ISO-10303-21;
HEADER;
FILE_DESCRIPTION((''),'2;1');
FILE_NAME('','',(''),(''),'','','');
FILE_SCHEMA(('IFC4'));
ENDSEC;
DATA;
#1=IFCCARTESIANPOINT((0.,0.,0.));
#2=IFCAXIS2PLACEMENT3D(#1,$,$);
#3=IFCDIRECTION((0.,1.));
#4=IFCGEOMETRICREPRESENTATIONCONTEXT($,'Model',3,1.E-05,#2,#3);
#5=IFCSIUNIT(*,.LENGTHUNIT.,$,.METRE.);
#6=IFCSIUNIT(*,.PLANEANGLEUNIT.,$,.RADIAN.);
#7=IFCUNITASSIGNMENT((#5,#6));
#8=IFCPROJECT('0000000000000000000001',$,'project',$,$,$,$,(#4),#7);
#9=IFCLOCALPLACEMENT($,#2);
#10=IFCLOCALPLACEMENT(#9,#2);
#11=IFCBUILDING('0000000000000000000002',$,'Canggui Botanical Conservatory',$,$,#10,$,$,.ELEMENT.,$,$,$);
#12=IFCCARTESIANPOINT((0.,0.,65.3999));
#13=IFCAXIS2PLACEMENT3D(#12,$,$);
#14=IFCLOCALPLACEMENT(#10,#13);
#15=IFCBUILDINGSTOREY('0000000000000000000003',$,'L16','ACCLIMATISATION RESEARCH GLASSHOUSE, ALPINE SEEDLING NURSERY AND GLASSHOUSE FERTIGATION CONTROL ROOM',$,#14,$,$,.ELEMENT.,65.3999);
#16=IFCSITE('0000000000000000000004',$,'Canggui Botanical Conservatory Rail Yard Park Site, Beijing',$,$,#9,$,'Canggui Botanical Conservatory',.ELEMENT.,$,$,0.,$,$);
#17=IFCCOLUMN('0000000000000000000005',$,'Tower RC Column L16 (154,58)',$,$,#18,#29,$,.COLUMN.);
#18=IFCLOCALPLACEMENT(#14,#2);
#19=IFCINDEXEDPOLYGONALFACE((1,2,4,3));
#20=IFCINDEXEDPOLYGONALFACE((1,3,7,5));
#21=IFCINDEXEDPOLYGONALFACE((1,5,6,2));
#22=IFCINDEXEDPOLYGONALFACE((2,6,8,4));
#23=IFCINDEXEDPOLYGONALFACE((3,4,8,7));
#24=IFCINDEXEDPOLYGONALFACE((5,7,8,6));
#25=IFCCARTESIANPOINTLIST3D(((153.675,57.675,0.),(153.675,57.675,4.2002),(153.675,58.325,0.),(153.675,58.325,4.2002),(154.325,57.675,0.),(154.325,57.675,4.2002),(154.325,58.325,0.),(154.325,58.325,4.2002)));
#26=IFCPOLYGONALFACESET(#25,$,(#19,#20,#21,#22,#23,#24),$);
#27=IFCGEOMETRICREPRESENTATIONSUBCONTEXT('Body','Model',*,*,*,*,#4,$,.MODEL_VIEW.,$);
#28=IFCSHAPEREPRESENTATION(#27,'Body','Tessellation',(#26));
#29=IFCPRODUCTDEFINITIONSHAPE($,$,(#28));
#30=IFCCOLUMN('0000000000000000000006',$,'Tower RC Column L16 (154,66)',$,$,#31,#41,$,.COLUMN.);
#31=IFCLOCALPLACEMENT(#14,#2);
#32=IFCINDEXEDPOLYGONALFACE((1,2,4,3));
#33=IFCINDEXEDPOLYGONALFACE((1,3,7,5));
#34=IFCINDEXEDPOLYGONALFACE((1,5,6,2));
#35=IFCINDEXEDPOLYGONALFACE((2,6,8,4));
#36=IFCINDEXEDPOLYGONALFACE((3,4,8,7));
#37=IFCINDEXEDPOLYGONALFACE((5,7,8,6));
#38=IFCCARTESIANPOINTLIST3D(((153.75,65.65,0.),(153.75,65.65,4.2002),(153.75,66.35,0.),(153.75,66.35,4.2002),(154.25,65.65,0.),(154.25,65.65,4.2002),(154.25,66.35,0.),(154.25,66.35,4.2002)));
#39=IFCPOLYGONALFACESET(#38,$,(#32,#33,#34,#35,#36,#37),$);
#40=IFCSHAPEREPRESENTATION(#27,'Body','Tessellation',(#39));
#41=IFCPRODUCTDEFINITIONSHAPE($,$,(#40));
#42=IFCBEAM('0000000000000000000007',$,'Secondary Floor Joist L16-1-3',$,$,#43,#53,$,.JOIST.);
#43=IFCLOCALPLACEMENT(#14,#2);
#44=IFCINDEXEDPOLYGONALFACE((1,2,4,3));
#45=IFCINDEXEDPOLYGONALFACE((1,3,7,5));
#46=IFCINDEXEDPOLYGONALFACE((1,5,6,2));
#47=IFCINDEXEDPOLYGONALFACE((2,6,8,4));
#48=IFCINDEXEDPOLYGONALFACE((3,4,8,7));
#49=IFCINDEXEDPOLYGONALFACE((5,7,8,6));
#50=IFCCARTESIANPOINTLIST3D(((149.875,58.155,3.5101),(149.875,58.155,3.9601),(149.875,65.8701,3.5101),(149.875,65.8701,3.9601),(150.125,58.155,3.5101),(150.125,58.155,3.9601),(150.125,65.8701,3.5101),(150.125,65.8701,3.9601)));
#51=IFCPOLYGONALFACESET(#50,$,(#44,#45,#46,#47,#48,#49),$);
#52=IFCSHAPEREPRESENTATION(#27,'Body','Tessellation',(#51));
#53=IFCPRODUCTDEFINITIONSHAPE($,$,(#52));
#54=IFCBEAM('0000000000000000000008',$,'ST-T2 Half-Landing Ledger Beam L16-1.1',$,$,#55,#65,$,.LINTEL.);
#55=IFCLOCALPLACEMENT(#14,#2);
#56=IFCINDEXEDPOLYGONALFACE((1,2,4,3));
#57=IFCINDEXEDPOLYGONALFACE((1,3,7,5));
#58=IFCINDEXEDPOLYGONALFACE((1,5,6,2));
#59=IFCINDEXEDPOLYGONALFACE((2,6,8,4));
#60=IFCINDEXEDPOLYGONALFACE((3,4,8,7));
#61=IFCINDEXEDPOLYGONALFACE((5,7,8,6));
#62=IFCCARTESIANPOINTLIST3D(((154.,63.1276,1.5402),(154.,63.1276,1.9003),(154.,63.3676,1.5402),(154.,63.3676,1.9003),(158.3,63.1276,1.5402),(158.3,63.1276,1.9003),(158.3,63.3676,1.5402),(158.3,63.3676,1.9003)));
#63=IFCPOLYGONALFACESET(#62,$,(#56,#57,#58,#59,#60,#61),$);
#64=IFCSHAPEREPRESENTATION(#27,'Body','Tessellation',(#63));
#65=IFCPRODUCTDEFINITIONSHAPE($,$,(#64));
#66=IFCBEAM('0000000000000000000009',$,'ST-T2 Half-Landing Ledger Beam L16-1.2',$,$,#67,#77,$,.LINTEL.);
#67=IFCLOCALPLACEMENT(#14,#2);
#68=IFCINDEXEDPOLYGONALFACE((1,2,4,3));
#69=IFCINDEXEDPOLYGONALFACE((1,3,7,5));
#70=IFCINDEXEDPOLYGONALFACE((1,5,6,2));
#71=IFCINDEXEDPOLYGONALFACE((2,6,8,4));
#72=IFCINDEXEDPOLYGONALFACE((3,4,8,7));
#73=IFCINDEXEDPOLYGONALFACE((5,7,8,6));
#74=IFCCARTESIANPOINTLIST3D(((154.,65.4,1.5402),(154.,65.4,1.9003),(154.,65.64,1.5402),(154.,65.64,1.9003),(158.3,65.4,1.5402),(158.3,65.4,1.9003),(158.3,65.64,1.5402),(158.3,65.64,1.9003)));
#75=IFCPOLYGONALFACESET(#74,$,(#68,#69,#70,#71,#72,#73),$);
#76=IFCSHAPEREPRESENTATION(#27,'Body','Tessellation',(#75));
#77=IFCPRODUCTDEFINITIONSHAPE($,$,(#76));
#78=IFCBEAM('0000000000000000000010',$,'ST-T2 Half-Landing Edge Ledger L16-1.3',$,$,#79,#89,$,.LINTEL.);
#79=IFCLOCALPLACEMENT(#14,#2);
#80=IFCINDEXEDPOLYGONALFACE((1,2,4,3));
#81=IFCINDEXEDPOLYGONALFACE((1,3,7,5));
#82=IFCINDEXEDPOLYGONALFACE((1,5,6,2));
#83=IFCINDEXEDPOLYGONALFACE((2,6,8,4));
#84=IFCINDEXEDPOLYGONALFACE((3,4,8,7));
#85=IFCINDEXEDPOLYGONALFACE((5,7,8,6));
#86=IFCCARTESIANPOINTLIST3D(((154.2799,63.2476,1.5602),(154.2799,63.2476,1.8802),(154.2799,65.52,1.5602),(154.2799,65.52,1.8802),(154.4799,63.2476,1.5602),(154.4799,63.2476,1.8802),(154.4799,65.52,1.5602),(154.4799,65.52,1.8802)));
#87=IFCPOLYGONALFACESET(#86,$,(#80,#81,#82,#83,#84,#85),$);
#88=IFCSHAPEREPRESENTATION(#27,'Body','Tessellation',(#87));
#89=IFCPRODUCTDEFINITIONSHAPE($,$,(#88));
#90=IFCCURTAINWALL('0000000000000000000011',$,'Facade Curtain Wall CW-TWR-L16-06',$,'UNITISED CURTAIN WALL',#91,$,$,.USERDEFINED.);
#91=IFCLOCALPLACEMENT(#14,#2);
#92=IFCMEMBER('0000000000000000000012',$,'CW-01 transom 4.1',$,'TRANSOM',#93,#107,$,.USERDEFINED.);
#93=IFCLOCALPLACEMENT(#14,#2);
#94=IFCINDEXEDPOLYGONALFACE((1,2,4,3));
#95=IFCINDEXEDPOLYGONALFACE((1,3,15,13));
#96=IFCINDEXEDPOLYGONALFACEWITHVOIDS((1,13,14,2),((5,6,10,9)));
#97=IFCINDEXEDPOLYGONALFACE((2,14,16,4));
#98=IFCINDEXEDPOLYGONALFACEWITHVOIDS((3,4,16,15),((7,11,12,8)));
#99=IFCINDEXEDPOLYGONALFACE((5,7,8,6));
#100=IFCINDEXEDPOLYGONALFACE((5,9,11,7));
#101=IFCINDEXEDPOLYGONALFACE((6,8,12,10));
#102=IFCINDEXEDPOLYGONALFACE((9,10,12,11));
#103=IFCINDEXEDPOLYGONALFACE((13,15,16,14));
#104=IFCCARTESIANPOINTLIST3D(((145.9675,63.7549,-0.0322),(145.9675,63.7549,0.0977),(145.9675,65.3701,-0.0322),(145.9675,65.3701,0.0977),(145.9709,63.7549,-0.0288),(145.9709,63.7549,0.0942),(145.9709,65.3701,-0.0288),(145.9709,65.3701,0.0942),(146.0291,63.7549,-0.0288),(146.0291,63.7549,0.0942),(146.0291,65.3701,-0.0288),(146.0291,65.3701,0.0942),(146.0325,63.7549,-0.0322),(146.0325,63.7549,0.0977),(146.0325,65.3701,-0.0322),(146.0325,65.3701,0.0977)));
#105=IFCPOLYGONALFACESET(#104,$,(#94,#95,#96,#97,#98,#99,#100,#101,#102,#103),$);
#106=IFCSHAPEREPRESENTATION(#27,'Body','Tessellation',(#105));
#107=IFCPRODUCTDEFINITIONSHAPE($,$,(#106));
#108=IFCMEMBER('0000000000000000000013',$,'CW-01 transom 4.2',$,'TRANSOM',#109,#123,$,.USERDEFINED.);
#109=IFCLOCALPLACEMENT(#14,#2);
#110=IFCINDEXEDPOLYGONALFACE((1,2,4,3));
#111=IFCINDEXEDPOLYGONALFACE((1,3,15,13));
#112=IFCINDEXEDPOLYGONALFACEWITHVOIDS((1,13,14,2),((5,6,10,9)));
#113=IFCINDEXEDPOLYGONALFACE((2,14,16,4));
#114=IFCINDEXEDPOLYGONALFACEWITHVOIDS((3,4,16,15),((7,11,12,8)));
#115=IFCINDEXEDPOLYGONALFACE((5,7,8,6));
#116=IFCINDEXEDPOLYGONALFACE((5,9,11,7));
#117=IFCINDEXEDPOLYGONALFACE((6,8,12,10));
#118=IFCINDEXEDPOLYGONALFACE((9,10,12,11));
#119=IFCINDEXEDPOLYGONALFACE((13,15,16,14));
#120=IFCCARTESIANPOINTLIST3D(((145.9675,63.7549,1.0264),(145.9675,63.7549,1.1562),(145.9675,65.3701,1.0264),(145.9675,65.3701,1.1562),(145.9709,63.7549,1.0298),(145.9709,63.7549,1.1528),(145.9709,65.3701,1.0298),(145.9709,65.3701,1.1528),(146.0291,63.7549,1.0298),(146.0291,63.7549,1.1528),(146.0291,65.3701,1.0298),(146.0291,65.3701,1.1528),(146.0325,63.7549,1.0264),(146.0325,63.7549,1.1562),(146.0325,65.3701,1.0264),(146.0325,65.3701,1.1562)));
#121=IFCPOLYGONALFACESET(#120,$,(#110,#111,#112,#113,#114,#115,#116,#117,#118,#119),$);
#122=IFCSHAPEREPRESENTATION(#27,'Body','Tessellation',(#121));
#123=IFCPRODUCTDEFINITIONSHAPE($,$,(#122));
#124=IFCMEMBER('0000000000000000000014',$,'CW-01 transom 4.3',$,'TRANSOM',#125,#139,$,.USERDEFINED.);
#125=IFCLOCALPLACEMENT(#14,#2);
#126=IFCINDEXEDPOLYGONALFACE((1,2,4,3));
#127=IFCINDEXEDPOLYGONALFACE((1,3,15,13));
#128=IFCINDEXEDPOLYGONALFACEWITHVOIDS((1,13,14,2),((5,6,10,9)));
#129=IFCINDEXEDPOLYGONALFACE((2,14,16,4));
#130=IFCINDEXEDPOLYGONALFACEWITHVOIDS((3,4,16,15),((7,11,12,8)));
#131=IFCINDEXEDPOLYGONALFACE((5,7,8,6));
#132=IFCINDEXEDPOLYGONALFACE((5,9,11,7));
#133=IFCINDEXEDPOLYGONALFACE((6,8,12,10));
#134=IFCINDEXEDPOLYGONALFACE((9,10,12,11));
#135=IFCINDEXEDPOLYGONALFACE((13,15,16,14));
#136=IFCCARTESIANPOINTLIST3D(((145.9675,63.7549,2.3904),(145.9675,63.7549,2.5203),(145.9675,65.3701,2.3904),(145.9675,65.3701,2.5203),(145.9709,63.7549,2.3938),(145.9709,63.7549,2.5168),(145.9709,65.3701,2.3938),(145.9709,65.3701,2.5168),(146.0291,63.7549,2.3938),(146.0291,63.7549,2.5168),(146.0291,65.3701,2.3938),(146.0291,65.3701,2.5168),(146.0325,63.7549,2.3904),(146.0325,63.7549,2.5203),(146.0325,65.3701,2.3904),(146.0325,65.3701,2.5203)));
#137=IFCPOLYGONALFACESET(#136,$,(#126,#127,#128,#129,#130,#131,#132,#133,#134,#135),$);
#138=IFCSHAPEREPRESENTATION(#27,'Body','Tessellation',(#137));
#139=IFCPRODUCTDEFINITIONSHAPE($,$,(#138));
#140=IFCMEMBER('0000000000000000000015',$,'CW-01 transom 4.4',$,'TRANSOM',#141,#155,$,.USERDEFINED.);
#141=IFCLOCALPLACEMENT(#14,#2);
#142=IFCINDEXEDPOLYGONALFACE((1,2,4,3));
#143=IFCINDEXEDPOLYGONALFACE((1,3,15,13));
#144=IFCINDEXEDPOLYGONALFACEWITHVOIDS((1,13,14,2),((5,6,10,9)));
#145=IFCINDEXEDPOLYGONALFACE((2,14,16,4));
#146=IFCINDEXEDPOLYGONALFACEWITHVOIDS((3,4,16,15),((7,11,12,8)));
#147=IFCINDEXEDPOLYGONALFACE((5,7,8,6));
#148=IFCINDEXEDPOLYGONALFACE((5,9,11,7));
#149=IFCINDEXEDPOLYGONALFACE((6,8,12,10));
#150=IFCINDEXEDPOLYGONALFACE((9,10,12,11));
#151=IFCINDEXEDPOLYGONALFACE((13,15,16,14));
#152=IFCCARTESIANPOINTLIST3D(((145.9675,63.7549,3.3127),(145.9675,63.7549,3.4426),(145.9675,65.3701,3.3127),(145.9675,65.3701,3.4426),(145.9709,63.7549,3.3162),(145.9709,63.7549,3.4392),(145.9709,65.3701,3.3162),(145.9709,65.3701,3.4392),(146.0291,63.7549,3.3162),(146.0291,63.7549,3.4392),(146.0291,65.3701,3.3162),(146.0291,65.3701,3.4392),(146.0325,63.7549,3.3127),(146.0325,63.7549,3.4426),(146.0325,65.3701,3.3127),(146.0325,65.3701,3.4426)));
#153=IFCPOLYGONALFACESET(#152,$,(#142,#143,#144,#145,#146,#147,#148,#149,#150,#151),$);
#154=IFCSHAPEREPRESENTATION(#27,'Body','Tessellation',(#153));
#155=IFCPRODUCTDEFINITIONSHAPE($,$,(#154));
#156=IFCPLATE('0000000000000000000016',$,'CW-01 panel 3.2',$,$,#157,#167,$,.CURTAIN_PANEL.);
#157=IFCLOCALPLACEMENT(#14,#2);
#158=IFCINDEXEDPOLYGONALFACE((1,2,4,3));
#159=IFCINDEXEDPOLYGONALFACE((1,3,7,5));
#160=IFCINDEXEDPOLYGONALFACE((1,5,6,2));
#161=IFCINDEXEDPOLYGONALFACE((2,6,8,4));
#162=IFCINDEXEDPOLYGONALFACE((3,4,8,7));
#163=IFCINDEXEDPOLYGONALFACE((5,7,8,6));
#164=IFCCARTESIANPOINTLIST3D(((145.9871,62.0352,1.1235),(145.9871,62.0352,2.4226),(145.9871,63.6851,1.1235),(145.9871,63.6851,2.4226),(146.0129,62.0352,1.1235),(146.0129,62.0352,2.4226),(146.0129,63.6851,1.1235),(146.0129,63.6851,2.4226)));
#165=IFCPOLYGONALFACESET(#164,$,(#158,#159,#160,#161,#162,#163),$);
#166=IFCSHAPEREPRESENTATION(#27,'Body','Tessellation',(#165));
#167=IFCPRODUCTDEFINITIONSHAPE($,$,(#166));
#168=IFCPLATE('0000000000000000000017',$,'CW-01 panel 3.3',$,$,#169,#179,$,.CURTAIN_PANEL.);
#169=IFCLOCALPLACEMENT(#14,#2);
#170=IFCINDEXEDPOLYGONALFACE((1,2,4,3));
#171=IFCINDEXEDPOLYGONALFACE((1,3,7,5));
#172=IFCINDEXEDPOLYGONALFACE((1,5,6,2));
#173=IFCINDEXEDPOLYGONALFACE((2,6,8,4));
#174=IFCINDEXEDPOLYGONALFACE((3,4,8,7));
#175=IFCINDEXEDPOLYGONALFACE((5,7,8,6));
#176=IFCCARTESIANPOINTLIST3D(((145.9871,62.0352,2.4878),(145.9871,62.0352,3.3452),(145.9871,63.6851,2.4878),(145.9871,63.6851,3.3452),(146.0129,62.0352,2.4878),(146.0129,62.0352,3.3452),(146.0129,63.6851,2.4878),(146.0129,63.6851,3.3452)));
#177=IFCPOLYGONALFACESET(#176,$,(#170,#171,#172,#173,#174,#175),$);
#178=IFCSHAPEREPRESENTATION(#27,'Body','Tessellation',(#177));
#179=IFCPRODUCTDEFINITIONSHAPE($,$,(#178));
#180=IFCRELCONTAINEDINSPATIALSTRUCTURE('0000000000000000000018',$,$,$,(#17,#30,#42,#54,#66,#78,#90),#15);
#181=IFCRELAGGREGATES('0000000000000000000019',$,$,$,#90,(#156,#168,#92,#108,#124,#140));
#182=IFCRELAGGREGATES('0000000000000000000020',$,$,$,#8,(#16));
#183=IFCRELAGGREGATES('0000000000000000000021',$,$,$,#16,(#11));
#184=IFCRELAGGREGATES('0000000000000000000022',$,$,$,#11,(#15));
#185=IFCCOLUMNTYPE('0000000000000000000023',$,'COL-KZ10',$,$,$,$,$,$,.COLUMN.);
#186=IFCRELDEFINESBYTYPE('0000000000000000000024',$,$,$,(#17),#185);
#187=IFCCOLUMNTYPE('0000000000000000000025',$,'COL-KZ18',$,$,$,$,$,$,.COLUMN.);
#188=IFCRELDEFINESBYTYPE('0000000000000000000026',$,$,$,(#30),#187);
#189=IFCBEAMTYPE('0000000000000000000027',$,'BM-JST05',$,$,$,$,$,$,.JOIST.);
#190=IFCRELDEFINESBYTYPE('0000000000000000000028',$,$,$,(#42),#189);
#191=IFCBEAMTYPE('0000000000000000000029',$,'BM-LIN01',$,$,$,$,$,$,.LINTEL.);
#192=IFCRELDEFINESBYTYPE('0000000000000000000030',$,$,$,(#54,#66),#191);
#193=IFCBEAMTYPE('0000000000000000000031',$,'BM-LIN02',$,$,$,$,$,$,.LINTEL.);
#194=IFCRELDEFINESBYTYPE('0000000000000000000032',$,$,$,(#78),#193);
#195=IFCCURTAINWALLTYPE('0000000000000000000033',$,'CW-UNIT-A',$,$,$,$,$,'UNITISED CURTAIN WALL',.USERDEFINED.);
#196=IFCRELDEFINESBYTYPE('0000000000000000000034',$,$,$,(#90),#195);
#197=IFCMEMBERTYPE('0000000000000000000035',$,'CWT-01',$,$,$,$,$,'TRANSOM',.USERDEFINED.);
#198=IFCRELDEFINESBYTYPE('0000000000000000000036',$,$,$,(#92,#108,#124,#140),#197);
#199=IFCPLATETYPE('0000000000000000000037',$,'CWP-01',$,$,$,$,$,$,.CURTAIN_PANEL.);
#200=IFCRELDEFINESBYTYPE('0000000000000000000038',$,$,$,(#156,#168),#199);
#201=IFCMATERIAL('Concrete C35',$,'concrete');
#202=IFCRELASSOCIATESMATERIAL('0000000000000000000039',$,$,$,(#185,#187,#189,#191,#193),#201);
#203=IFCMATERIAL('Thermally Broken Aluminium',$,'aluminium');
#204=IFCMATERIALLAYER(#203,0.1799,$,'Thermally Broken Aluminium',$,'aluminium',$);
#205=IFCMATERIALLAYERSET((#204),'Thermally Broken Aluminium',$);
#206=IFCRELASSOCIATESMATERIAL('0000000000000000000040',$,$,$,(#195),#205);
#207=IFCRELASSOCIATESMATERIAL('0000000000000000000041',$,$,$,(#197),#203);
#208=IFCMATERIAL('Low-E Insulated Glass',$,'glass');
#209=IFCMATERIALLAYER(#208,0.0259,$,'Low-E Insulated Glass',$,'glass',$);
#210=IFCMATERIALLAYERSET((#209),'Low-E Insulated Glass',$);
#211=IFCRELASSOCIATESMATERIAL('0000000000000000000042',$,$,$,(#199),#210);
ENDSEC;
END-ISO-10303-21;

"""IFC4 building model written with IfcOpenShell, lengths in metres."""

from ifc_helpers import new_model, si_unit, direction, frame, origin, origin_2d, place, context, subcontext, project, spatial, rectangle, hollow_rectangle, extrude, material, layer, layer_set, material_profile, profile_set, type_object, element, aggregate, save


model = new_model("IFC4")

# Units and contexts
model_context = context("Model", 3, precision=1e-05, world=origin(), true_north=direction((0.0, 1.0)))
body_context = subcontext(model_context, "Body", "Model", "MODEL_VIEW")
ifc_project = project(units=[si_unit("LENGTHUNIT", "METRE"), si_unit("PLANEANGLEUNIT", "RADIAN")], contexts=[model_context])

# Site, building, storey
site_placement = place(None, origin())
site = spatial("IfcSite", under=ifc_project, at=site_placement, Name="Canggui Botanical Conservatory Rail Yard Park Site, Beijing", LongName="Canggui Botanical Conservatory", CompositionType="ELEMENT", RefElevation=0.0)
building_placement = place(site_placement, origin())
building = spatial("IfcBuilding", under=site, at=building_placement, Name="Canggui Botanical Conservatory", CompositionType="ELEMENT")
storey_placement = place(building_placement, frame((0.0, 0.0, 65.3999)))
storey = spatial("IfcBuildingStorey", under=building, at=storey_placement, Name="L16", Description="ACCLIMATISATION RESEARCH GLASSHOUSE, ALPINE SEEDLING NURSERY AND GLASSHOUSE FERTIGATION CONTROL ROOM", CompositionType="ELEMENT", Elevation=65.3999)

# Columns
ifc_material_1 = material(Name="Concrete C35", Category="concrete")
ifc_material_profile_1 = material_profile(ifc_material_1, rectangle(XDim=0.6499, YDim=0.6499, at=origin_2d()), Name="RC 650x650")
ifc_profile_set_1 = profile_set([ifc_material_profile_1], Name="Concrete C35")
column_type_1 = type_object("IfcColumnType", Name="COL-KZ10", PredefinedType="COLUMN", material=ifc_profile_set_1)
column_1_placement = place(storey_placement, frame((154.0, 58.0, 0.0), z_axis=(0.0, 0.0, 1.0), x_axis=(1.0, 0.0, 0.0)))
element("IfcColumn", 1, at=column_1_placement, inside=storey, type_object=column_type_1, Name="Tower RC Column L16 (154,58)", PredefinedType="COLUMN", context=body_context, shape_type="SweptSolid", body=[
    extrude(rectangle(XDim=0.6499, YDim=0.6499, at=origin_2d()), origin(), (0.0, 0.0, 1.0), 4.2002),
])
ifc_material_profile_2 = material_profile(ifc_material_1, rectangle(XDim=0.5, YDim=0.7, at=origin_2d()), Name="RC 500x700")
ifc_profile_set_2 = profile_set([ifc_material_profile_2], Name="Concrete C35")
column_type_2 = type_object("IfcColumnType", Name="COL-KZ18", PredefinedType="COLUMN", material=ifc_profile_set_2)
column_2_placement = place(storey_placement, frame((154.0, 66.0, 0.0), z_axis=(0.0, 0.0, 1.0), x_axis=(1.0, 0.0, 0.0)))
element("IfcColumn", 2, at=column_2_placement, inside=storey, type_object=column_type_2, Name="Tower RC Column L16 (154,66)", PredefinedType="COLUMN", context=body_context, shape_type="SweptSolid", body=[
    extrude(rectangle(XDim=0.5, YDim=0.7, at=origin_2d()), origin(), (0.0, 0.0, 1.0), 4.2002),
])

# Beams
ifc_material_profile_3 = material_profile(ifc_material_1, rectangle(XDim=0.25, YDim=0.45, at=origin_2d()), Name="RB 250x450")
ifc_profile_set_3 = profile_set([ifc_material_profile_3], Name="Concrete C35")
beam_type_1 = type_object("IfcBeamType", Name="BM-JST05", PredefinedType="JOIST", material=ifc_profile_set_3)
beam_1_placement = place(storey_placement, frame((150.0, 58.155, 3.7351), z_axis=(0.0, 1.0, 0.0), x_axis=(-1.0, 0.0, 0.0)))
element("IfcBeam", 3, at=beam_1_placement, inside=storey, type_object=beam_type_1, Name="Secondary Floor Joist L16-1-3", PredefinedType="JOIST", context=body_context, shape_type="SweptSolid", body=[
    extrude(rectangle(XDim=0.25, YDim=0.45, at=origin_2d()), origin(), (0.0, 0.0, 1.0), 7.7151),
])
ifc_material_profile_4 = material_profile(ifc_material_1, rectangle(XDim=0.24, YDim=0.3601, at=origin_2d()), Name="RB 240x360")
ifc_profile_set_4 = profile_set([ifc_material_profile_4], Name="Concrete C35")
beam_type_2 = type_object("IfcBeamType", Name="BM-LIN01", PredefinedType="LINTEL", material=ifc_profile_set_4)
for number, where, z_axis, x_axis, name in (
    (4, (154.0, 63.2476, 1.7202), (1.0, 0.0, 0.0), (0.0, 1.0, 0.0), "ST-T2 Half-Landing Ledger Beam L16-1.1"),
    (5, (154.0, 65.52, 1.7202), (1.0, 0.0, 0.0), (0.0, 1.0, 0.0), "ST-T2 Half-Landing Ledger Beam L16-1.2"),
):
    element("IfcBeam", number, at=place(storey_placement, frame(where, z_axis=z_axis, x_axis=x_axis)), inside=storey, type_object=beam_type_2, Name=name, PredefinedType="LINTEL", context=body_context, shape_type="SweptSolid", body=[
        extrude(rectangle(XDim=0.24, YDim=0.3601, at=origin_2d()), origin(), (0.0, 0.0, 1.0), 4.3),
    ])
ifc_material_profile_5 = material_profile(ifc_material_1, rectangle(XDim=0.2, YDim=0.3201, at=origin_2d()), Name="RB 200x320")
ifc_profile_set_5 = profile_set([ifc_material_profile_5], Name="Concrete C35")
beam_type_3 = type_object("IfcBeamType", Name="BM-LIN02", PredefinedType="LINTEL", material=ifc_profile_set_5)
beam_2_placement = place(storey_placement, frame((154.3799, 63.2476, 1.7202), z_axis=(0.0, 1.0, 0.0), x_axis=(-1.0, 0.0, 0.0)))
element("IfcBeam", 6, at=beam_2_placement, inside=storey, type_object=beam_type_3, Name="ST-T2 Half-Landing Edge Ledger L16-1.3", PredefinedType="LINTEL", context=body_context, shape_type="SweptSolid", body=[
    extrude(rectangle(XDim=0.2, YDim=0.3201, at=origin_2d()), origin(), (0.0, 0.0, 1.0), 2.2725),
])

# Curtain wall, members, plates
ifc_material_2 = material(Name="Thermally Broken Aluminium", Category="aluminium")
ifc_layer_1 = layer(ifc_material_2, 0.1799, Name="Thermally Broken Aluminium", Category="aluminium")
ifc_layer_set_1 = layer_set([ifc_layer_1], Name="Thermally Broken Aluminium")
curtain_wall_type = type_object("IfcCurtainWallType", Name="CW-UNIT-A", ElementType="UNITISED CURTAIN WALL", PredefinedType="USERDEFINED", material=ifc_layer_set_1)
curtain_wall_placement = place(storey_placement, origin())
curtain_wall = element("IfcCurtainWall", 7, at=curtain_wall_placement, inside=storey, type_object=curtain_wall_type, Name="Facade Curtain Wall CW-TWR-L16-06", ObjectType="UNITISED CURTAIN WALL", PredefinedType="USERDEFINED")
ifc_material_profile_6 = material_profile(ifc_material_2, hollow_rectangle(XDim=0.0649, YDim=0.1299, WallThickness=0.0034, at=origin_2d()), Name="CWT 65x130x3.5")
ifc_profile_set_6 = profile_set([ifc_material_profile_6], Name="Thermally Broken Aluminium")
member_type = type_object("IfcMemberType", Name="CWT-01", ElementType="TRANSOM", PredefinedType="USERDEFINED", material=ifc_profile_set_6)
member_1_placement = place(storey_placement, frame((146.0, 63.7549, 0.0327), z_axis=(0.0, 1.0, 0.0), x_axis=(-1.0, 0.0, 0.0)))
member_1 = element("IfcMember", 8, at=member_1_placement, type_object=member_type, Name="CW-01 transom 4.1", ObjectType="TRANSOM", PredefinedType="USERDEFINED", context=body_context, shape_type="SweptSolid", body=[
    extrude(hollow_rectangle(XDim=0.0649, YDim=0.1299, WallThickness=0.0034, at=origin_2d()), origin(), (0.0, 0.0, 1.0), 1.6152),
])
member_2_placement = place(storey_placement, frame((146.0, 63.7549, 1.0913), z_axis=(0.0, 1.0, 0.0), x_axis=(-1.0, 0.0, 0.0)))
member_2 = element("IfcMember", 9, at=member_2_placement, type_object=member_type, Name="CW-01 transom 4.2", ObjectType="TRANSOM", PredefinedType="USERDEFINED", context=body_context, shape_type="SweptSolid", body=[
    extrude(hollow_rectangle(XDim=0.0649, YDim=0.1299, WallThickness=0.0034, at=origin_2d()), origin(), (0.0, 0.0, 1.0), 1.6152),
])
member_3_placement = place(storey_placement, frame((146.0, 63.7549, 2.4553), z_axis=(0.0, 1.0, 0.0), x_axis=(-1.0, 0.0, 0.0)))
member_3 = element("IfcMember", 10, at=member_3_placement, type_object=member_type, Name="CW-01 transom 4.3", ObjectType="TRANSOM", PredefinedType="USERDEFINED", context=body_context, shape_type="SweptSolid", body=[
    extrude(hollow_rectangle(XDim=0.0649, YDim=0.1299, WallThickness=0.0034, at=origin_2d()), origin(), (0.0, 0.0, 1.0), 1.6152),
])
member_4_placement = place(storey_placement, frame((146.0, 63.7549, 3.3777), z_axis=(0.0, 1.0, 0.0), x_axis=(-1.0, 0.0, 0.0)))
member_4 = element("IfcMember", 11, at=member_4_placement, type_object=member_type, Name="CW-01 transom 4.4", ObjectType="TRANSOM", PredefinedType="USERDEFINED", context=body_context, shape_type="SweptSolid", body=[
    extrude(hollow_rectangle(XDim=0.0649, YDim=0.1299, WallThickness=0.0034, at=origin_2d()), origin(), (0.0, 0.0, 1.0), 1.6152),
])
ifc_material_3 = material(Name="Low-E Insulated Glass", Category="glass")
ifc_layer_2 = layer(ifc_material_3, 0.0259, Name="Low-E Insulated Glass", Category="glass")
ifc_layer_set_2 = layer_set([ifc_layer_2], Name="Low-E Insulated Glass")
plate_type = type_object("IfcPlateType", Name="CWP-01", PredefinedType="CURTAIN_PANEL", material=ifc_layer_set_2)
plate_1_placement = place(storey_placement, frame((146.0, 62.8601, 1.1235), z_axis=(0.0, 0.0, 1.0), x_axis=(0.0, 1.0, 0.0)))
plate_1 = element("IfcPlate", 12, at=plate_1_placement, type_object=plate_type, Name="CW-01 panel 3.2", PredefinedType="CURTAIN_PANEL", context=body_context, shape_type="SweptSolid", body=[
    extrude(rectangle(XDim=1.6499, YDim=0.0259, at=origin_2d()), origin(), (0.0, 0.0, 1.0), 1.2991),
])
plate_2_placement = place(storey_placement, frame((146.0, 62.8601, 2.4878), z_axis=(0.0, 0.0, 1.0), x_axis=(0.0, 1.0, 0.0)))
plate_2 = element("IfcPlate", 13, at=plate_2_placement, type_object=plate_type, Name="CW-01 panel 3.3", PredefinedType="CURTAIN_PANEL", context=body_context, shape_type="SweptSolid", body=[
    extrude(rectangle(XDim=1.6499, YDim=0.0259, at=origin_2d()), origin(), (0.0, 0.0, 1.0), 0.8574),
])
aggregate(curtain_wall, [plate_1, plate_2, member_1, member_2, member_3, member_4])

save(model, "model.ifc")
